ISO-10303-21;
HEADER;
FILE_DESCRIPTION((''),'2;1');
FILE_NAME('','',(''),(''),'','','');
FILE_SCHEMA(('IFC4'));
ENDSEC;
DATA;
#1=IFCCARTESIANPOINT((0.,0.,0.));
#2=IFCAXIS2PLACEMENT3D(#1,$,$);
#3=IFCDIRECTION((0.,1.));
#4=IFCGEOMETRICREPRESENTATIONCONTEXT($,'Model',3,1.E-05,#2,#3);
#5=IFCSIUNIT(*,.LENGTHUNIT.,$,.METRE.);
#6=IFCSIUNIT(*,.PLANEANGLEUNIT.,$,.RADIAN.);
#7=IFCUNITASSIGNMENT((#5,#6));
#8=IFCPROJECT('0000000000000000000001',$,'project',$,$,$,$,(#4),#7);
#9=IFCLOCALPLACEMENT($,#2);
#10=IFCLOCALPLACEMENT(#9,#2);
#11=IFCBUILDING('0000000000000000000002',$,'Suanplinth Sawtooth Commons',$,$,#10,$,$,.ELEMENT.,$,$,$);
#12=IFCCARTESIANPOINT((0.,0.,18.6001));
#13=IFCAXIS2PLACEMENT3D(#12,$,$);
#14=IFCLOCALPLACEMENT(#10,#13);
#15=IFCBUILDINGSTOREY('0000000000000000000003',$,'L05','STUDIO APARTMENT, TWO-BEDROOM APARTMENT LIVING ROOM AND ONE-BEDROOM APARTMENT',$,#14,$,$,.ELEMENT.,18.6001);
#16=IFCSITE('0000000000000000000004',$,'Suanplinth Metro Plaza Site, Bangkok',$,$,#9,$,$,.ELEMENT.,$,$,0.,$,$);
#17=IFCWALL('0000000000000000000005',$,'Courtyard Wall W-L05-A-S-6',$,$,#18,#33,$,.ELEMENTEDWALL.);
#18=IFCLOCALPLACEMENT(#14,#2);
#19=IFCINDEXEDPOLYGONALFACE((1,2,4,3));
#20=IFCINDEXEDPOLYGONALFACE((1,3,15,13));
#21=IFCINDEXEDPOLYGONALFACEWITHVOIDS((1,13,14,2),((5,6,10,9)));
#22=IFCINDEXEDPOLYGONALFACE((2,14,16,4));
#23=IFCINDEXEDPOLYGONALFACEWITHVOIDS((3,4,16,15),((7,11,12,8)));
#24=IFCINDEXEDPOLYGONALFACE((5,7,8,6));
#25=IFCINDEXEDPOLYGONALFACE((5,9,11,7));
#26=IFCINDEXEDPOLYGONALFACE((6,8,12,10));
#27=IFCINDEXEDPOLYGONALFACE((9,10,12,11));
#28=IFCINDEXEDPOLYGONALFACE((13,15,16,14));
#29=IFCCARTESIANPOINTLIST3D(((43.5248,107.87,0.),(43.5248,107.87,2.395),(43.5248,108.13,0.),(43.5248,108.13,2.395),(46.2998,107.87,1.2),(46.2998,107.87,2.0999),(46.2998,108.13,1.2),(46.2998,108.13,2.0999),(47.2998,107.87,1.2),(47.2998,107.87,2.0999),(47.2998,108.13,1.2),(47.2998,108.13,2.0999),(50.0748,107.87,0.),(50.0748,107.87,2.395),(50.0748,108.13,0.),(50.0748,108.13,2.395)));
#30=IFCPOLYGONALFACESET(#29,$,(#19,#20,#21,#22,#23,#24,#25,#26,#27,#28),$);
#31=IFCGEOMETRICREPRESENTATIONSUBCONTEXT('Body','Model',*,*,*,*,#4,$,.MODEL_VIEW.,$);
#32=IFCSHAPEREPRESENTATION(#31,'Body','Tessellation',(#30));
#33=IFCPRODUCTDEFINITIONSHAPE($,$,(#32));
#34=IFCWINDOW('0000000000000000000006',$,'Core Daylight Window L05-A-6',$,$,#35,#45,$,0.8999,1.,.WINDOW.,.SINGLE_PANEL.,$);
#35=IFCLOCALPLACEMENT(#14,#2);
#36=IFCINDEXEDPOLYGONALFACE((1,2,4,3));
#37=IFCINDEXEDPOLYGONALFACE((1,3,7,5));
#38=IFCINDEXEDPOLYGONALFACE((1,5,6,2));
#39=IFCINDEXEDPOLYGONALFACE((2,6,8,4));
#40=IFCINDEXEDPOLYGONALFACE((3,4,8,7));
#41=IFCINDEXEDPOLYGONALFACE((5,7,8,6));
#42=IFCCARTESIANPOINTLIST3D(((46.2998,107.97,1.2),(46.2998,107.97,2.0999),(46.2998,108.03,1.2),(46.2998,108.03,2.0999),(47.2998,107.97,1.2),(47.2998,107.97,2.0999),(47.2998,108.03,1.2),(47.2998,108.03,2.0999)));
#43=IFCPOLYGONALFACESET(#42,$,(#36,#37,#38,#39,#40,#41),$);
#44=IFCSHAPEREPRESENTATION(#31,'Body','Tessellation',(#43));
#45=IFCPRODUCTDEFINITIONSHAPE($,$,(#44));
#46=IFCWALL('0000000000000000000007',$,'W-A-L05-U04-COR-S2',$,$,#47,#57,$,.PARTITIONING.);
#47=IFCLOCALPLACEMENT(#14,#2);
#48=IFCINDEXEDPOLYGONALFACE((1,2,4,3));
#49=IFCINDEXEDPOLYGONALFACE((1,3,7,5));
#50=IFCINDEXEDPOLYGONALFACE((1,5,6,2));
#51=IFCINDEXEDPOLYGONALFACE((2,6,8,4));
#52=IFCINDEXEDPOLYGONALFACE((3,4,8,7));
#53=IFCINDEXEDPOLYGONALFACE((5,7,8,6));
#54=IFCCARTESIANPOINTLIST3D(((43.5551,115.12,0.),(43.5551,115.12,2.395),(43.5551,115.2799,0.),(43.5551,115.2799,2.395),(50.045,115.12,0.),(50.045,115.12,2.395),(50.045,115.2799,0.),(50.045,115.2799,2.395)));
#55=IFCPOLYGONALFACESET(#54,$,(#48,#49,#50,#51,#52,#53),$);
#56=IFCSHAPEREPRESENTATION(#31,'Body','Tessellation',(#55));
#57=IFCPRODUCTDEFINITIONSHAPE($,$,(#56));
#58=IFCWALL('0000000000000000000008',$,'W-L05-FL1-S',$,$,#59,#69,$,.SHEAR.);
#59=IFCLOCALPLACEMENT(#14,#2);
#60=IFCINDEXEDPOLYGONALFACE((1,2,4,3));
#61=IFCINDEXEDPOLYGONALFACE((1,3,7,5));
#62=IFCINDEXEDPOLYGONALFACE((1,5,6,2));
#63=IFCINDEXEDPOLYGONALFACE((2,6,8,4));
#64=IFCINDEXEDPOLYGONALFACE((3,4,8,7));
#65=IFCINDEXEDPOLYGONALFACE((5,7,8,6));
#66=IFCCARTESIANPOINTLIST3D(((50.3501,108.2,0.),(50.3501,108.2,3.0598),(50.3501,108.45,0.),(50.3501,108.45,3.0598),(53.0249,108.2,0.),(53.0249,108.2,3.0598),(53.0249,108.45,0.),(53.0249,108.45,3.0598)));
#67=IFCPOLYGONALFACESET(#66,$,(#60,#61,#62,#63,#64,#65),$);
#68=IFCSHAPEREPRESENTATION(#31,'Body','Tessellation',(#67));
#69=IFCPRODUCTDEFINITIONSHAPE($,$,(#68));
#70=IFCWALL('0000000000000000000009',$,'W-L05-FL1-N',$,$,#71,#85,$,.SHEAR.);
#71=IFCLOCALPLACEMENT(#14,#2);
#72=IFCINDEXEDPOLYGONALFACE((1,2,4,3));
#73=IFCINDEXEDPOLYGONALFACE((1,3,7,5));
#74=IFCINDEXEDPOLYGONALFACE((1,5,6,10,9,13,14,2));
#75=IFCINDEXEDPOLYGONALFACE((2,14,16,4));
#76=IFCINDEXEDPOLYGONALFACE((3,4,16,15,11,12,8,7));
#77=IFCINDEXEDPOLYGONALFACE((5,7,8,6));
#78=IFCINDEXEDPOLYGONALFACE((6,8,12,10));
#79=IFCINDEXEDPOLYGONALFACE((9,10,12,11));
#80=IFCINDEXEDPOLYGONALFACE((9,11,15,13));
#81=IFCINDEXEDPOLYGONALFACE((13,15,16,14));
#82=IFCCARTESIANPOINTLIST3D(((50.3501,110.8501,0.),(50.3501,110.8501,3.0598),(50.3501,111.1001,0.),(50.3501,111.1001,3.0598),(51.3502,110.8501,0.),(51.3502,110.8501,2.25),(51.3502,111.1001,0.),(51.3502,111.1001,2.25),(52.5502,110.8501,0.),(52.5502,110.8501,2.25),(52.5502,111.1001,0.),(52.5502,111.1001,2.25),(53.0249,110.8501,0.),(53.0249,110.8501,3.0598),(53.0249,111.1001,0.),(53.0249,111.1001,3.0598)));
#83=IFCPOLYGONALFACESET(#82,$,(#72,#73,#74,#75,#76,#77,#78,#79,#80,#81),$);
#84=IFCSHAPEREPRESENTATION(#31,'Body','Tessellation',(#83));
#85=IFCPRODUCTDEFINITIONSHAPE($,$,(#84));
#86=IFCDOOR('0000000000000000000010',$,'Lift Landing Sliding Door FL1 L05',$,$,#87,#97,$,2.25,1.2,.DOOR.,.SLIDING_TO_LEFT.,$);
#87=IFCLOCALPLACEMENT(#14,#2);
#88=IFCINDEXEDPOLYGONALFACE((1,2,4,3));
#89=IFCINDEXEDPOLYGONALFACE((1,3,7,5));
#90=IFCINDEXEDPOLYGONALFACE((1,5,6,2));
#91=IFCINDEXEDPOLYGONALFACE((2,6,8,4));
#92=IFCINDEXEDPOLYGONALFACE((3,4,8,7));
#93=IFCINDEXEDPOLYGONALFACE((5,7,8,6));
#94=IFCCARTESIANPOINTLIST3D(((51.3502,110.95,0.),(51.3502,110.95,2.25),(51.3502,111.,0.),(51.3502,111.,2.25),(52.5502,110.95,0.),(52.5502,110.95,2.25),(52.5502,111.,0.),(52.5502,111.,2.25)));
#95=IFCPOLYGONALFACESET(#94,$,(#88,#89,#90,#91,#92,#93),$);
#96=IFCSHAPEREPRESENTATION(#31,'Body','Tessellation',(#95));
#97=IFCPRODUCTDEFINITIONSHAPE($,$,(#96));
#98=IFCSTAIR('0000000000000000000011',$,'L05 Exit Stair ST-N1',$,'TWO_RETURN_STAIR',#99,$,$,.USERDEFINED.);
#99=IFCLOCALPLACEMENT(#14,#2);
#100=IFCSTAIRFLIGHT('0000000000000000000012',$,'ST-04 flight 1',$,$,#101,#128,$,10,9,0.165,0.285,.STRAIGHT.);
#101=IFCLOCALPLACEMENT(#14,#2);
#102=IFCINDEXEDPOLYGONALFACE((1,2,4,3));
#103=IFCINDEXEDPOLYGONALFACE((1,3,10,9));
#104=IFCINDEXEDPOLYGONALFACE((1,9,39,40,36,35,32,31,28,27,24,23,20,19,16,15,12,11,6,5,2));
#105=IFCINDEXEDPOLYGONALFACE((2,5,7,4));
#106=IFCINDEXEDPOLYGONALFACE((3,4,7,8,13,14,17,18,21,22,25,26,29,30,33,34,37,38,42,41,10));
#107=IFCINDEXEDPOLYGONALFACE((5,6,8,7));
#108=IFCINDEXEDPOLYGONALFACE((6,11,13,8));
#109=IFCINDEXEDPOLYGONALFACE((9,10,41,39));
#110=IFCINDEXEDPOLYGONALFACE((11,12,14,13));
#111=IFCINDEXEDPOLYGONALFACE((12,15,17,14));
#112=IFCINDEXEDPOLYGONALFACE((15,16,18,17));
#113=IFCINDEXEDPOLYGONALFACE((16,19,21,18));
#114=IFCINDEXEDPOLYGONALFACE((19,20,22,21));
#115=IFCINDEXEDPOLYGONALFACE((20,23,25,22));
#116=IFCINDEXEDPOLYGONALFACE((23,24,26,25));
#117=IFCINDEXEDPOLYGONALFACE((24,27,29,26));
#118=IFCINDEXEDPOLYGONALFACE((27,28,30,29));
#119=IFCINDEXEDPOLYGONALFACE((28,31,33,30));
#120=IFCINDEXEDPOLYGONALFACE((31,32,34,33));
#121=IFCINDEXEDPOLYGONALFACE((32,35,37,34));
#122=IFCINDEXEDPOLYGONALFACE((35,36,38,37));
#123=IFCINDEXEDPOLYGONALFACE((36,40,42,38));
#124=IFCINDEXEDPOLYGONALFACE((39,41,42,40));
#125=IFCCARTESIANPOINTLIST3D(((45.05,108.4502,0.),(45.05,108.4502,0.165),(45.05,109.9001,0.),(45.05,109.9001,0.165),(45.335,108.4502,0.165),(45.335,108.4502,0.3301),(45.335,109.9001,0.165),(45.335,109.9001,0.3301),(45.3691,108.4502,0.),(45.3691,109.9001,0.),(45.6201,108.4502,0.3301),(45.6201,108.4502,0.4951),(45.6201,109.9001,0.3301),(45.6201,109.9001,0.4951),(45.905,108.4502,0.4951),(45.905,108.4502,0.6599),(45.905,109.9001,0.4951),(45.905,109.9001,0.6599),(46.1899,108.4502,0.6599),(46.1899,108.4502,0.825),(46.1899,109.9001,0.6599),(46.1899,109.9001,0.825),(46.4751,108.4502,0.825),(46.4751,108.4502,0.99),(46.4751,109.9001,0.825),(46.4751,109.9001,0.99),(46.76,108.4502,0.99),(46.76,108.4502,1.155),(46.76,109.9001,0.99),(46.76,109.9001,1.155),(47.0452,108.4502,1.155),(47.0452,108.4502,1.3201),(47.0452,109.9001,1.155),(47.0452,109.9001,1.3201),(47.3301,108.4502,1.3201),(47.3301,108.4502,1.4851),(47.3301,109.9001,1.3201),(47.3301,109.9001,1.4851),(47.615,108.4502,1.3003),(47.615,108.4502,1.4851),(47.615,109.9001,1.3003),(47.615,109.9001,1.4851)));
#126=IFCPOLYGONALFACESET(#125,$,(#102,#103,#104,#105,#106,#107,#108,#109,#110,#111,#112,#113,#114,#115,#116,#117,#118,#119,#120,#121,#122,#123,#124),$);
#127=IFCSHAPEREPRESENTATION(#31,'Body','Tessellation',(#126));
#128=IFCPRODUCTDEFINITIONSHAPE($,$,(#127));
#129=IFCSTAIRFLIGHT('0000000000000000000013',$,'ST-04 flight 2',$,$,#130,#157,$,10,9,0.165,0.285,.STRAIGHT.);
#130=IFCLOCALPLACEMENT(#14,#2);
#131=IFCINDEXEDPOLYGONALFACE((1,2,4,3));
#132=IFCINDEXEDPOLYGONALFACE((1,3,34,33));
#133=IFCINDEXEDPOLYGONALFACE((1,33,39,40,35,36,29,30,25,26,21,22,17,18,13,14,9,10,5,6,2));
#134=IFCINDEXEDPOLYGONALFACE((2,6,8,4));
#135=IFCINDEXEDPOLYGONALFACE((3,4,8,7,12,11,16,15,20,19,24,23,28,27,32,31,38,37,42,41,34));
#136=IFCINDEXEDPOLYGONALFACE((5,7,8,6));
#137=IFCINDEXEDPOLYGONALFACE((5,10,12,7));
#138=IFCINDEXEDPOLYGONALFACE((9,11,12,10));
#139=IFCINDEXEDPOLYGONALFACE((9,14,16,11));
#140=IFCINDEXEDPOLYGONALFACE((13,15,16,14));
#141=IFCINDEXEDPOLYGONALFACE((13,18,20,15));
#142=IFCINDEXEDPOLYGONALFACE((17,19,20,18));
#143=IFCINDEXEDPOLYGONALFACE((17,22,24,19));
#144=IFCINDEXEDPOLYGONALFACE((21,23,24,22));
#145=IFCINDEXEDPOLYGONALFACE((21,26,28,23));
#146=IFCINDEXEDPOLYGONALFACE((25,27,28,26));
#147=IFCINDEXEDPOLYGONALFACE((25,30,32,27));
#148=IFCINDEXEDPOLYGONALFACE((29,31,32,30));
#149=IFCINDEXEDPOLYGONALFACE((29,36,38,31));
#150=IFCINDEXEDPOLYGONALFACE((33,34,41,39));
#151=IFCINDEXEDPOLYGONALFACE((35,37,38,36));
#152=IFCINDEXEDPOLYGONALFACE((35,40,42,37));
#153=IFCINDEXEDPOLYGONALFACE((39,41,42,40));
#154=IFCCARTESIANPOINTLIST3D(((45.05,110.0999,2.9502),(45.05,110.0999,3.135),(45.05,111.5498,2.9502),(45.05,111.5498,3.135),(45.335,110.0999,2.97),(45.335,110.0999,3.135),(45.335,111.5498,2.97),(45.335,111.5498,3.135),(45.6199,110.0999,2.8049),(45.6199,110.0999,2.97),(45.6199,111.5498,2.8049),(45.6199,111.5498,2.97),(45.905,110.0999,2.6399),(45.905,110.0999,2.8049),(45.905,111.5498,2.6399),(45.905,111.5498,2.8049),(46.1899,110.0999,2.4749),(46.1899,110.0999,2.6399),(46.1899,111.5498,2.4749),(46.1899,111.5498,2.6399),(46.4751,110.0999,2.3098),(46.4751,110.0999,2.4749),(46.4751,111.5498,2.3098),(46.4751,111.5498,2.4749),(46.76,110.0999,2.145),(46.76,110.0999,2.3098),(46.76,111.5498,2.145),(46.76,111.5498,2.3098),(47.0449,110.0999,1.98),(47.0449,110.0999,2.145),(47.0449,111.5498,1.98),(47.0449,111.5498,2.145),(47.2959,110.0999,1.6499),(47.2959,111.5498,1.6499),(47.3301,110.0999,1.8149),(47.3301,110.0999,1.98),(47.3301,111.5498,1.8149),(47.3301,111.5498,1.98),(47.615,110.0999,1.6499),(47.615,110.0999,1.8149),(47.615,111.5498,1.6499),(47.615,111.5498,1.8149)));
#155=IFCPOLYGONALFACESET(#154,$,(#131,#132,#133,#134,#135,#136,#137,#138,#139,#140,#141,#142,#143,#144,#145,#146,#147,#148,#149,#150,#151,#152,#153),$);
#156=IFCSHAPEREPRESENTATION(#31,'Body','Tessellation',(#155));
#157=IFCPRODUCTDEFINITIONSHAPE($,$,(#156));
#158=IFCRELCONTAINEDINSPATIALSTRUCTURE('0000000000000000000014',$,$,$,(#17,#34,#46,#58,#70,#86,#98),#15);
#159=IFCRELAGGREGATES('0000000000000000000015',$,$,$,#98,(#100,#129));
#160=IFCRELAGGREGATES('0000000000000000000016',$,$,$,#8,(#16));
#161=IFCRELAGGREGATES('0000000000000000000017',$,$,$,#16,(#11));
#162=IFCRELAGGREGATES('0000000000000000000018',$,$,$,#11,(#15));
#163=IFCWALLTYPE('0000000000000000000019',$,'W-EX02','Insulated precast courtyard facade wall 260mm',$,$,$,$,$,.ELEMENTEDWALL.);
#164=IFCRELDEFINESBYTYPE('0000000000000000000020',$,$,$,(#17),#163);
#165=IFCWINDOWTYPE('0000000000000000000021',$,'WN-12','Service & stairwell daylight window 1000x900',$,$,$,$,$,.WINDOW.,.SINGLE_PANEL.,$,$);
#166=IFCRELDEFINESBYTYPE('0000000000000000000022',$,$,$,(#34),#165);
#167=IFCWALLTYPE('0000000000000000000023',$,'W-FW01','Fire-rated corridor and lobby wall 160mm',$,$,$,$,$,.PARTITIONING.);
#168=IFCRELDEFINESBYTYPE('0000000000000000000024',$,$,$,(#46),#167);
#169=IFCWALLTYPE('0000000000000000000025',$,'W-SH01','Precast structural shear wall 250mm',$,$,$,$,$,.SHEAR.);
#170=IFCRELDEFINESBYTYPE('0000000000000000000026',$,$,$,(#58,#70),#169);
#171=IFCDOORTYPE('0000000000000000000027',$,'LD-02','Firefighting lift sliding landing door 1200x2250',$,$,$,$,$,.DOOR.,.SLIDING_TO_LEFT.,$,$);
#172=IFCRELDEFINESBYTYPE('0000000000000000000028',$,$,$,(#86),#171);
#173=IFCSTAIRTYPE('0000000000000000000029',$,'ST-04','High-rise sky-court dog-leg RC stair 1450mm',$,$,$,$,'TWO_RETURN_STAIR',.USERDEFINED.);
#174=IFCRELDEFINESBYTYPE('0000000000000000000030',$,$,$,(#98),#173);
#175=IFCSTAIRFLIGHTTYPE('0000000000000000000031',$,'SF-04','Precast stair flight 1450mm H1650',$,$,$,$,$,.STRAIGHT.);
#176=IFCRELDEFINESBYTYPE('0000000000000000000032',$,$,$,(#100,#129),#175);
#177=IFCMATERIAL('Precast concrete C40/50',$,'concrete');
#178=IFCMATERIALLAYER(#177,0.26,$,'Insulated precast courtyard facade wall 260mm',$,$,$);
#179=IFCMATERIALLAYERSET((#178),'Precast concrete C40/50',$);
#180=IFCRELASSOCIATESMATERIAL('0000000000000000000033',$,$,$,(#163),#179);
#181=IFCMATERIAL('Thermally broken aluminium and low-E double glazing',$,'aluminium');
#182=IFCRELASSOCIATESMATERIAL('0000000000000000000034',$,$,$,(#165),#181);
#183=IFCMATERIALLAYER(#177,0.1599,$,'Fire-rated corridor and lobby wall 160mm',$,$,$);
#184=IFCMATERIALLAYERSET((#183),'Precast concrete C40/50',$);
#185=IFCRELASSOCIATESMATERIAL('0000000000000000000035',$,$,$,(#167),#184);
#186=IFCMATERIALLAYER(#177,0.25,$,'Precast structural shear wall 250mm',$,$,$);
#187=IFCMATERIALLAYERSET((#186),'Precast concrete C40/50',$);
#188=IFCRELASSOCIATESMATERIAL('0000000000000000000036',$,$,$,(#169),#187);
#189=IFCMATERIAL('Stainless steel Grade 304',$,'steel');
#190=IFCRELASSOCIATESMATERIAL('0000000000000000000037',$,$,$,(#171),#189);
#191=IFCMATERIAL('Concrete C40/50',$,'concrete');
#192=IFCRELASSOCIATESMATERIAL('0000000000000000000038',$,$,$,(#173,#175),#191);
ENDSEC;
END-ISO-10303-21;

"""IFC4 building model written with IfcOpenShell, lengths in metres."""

from ifc_helpers import new_model, si_unit, direction, frame, frame_2d, origin, place, context, subcontext, project, spatial, polyline, rectangle, outline, extrude, material, layer, layer_set, type_object, element, fill, aggregate, save


model = new_model("IFC4")

# Units and contexts
model_context = context("Model", 3, precision=1e-05, world=origin(), true_north=direction((0.0, 1.0)))
body_context = subcontext(model_context, "Body", "Model", "MODEL_VIEW")
ifc_project = project(units=[si_unit("LENGTHUNIT", "METRE"), si_unit("PLANEANGLEUNIT", "RADIAN")], contexts=[model_context])

# Site, building, storey
site_placement = place(None, origin())
site = spatial("IfcSite", under=ifc_project, at=site_placement, Name="Suanplinth Metro Plaza Site, Bangkok", CompositionType="ELEMENT", RefElevation=0.0)
building_placement = place(site_placement, origin())
building = spatial("IfcBuilding", under=site, at=building_placement, Name="Suanplinth Sawtooth Commons", CompositionType="ELEMENT")
storey_placement = place(building_placement, frame((0.0, 0.0, 18.6001)))
storey = spatial("IfcBuildingStorey", under=building, at=storey_placement, Name="L05", Description="STUDIO APARTMENT, TWO-BEDROOM APARTMENT LIVING ROOM AND ONE-BEDROOM APARTMENT", CompositionType="ELEMENT", Elevation=18.6001)

# Shared definitions
ifc_material_1 = material(Name="Precast concrete C40/50", Category="concrete")

# Shared definitions
ifc_material_2 = material(Name="Concrete C40/50", Category="concrete")

# Wall, opening, window
ifc_layer_1 = layer(ifc_material_1, 0.26, Name="Insulated precast courtyard facade wall 260mm")
ifc_layer_set_1 = layer_set([ifc_layer_1], Name="Precast concrete C40/50")
wall_type_1 = type_object("IfcWallType", Name="W-EX02", Description="Insulated precast courtyard facade wall 260mm", PredefinedType="ELEMENTEDWALL", material=ifc_layer_set_1)
wall_1_placement = place(storey_placement, frame((43.5249, 108.0, 0.0), z_axis=(0.0, 0.0, 1.0), x_axis=(1.0, 0.0, 0.0)))
wall_1 = element("IfcWall", 1, at=wall_1_placement, inside=storey, type_object=wall_type_1, Name="Courtyard Wall W-L05-A-S-6", PredefinedType="ELEMENTEDWALL", context=body_context, shape_type="SweptSolid", body=[
    extrude(rectangle(XDim=6.55, YDim=0.26, at=frame_2d((3.2749, 0.0))), origin(), (0.0, 0.0, 1.0), 2.395),
])
opening_1_placement = place(wall_1_placement, frame((2.7749, 0.0, 1.2)))
opening_1 = element("IfcOpeningElement", 2, at=opening_1_placement, cuts=wall_1, PredefinedType="OPENING", context=body_context, shape_type="SweptSolid", body=[
    extrude(rectangle(XDim=1.0, YDim=0.8999, at=frame_2d((0.5, 0.45))), frame((0.0, 0.145, 0.0), z_axis=(0.0, -1.0, 0.0), x_axis=(1.0, 0.0, 0.0)), (0.0, 0.0, 1.0), 0.2898),
])
ifc_material_3 = material(Name="Thermally broken aluminium and low-E double glazing", Category="aluminium")
window_type = type_object("IfcWindowType", Name="WN-12", Description="Service & stairwell daylight window 1000x900", PartitioningType="SINGLE_PANEL", PredefinedType="WINDOW", material=ifc_material_3)
window_placement = place(opening_1_placement, origin())
window = element("IfcWindow", 3, at=window_placement, inside=storey, type_object=window_type, Name="Core Daylight Window L05-A-6", OverallHeight=0.8999, OverallWidth=1.0, PartitioningType="SINGLE_PANEL", PredefinedType="WINDOW", context=body_context, shape_type="SweptSolid", body=[
    extrude(rectangle(XDim=1.0, YDim=0.8999, at=frame_2d((0.5, 0.45))), frame((0.0, 0.03, 0.0), z_axis=(0.0, -1.0, 0.0), x_axis=(1.0, 0.0, 0.0)), (0.0, 0.0, 1.0), 0.0601),
])
fill(opening_1, window)

# Walls
ifc_layer_2 = layer(ifc_material_1, 0.1599, Name="Fire-rated corridor and lobby wall 160mm")
ifc_layer_set_2 = layer_set([ifc_layer_2], Name="Precast concrete C40/50")
wall_type_2 = type_object("IfcWallType", Name="W-FW01", Description="Fire-rated corridor and lobby wall 160mm", PredefinedType="PARTITIONING", material=ifc_layer_set_2)
wall_2_placement = place(storey_placement, frame((43.5549, 115.2, 0.0), z_axis=(0.0, 0.0, 1.0), x_axis=(1.0, 0.0, 0.0)))
element("IfcWall", 4, at=wall_2_placement, inside=storey, type_object=wall_type_2, Name="W-A-L05-U04-COR-S2", PredefinedType="PARTITIONING", context=body_context, shape_type="SweptSolid", body=[
    extrude(rectangle(XDim=6.49, YDim=0.1599, at=frame_2d((3.2451, 0.0))), origin(), (0.0, 0.0, 1.0), 2.395),
])
ifc_layer_3 = layer(ifc_material_1, 0.25, Name="Precast structural shear wall 250mm")
ifc_layer_set_3 = layer_set([ifc_layer_3], Name="Precast concrete C40/50")
wall_type_3 = type_object("IfcWallType", Name="W-SH01", Description="Precast structural shear wall 250mm", PredefinedType="SHEAR", material=ifc_layer_set_3)
wall_3_placement = place(storey_placement, frame((50.3501, 108.325, 0.0), z_axis=(0.0, 0.0, 1.0), x_axis=(1.0, 0.0, 0.0)))
element("IfcWall", 5, at=wall_3_placement, inside=storey, type_object=wall_type_3, Name="W-L05-FL1-S", PredefinedType="SHEAR", context=body_context, shape_type="SweptSolid", body=[
    extrude(rectangle(XDim=2.6748, YDim=0.25, at=frame_2d((1.3374, 0.0))), origin(), (0.0, 0.0, 1.0), 3.0598),
])

# Wall, opening, door
wall_4_placement = place(storey_placement, frame((50.3501, 110.9751, 0.0), z_axis=(0.0, 0.0, 1.0), x_axis=(1.0, 0.0, 0.0)))
wall_4 = element("IfcWall", 6, at=wall_4_placement, inside=storey, type_object=wall_type_3, Name="W-L05-FL1-N", PredefinedType="SHEAR", context=body_context, shape_type="SweptSolid", body=[
    extrude(rectangle(XDim=2.6748, YDim=0.25, at=frame_2d((1.3374, 0.0))), origin(), (0.0, 0.0, 1.0), 3.0598),
])
opening_2_placement = place(wall_4_placement, frame((1.0, 0.0, 0.0)))
opening_2 = element("IfcOpeningElement", 7, at=opening_2_placement, cuts=wall_4, PredefinedType="OPENING", context=body_context, shape_type="SweptSolid", body=[
    extrude(rectangle(XDim=1.2, YDim=2.25, at=frame_2d((0.6001, 1.125))), frame((0.0, 0.1399, 0.0), z_axis=(0.0, -1.0, 0.0), x_axis=(1.0, 0.0, 0.0)), (0.0, 0.0, 1.0), 0.2798),
])
ifc_material_4 = material(Name="Stainless steel Grade 304", Category="steel")
door_type_1 = type_object("IfcDoorType", Name="LD-02", Description="Firefighting lift sliding landing door 1200x2250", OperationType="SLIDING_TO_LEFT", PredefinedType="DOOR", material=ifc_material_4)
door_1_placement = place(opening_2_placement, origin())
door_1 = element("IfcDoor", 8, at=door_1_placement, inside=storey, type_object=door_type_1, Name="Lift Landing Sliding Door FL1 L05", OperationType="SLIDING_TO_LEFT", OverallHeight=2.25, OverallWidth=1.2, PredefinedType="DOOR", context=body_context, shape_type="SweptSolid", body=[
    extrude(rectangle(XDim=1.2, YDim=2.25, at=frame_2d((0.6001, 1.125))), frame((0.0, 0.0249, 0.0), z_axis=(0.0, -1.0, 0.0), x_axis=(1.0, 0.0, 0.0)), (0.0, 0.0, 1.0), 0.05),
])
fill(opening_2, door_1)

# Stair, stair flights
stair_type = type_object("IfcStairType", Name="ST-04", Description="High-rise sky-court dog-leg RC stair 1450mm", ElementType="TWO_RETURN_STAIR", PredefinedType="USERDEFINED", material=ifc_material_2)
stair_placement = place(storey_placement, origin())
stair = element("IfcStair", 9, at=stair_placement, inside=storey, type_object=stair_type, Name="L05 Exit Stair ST-N1", ObjectType="TWO_RETURN_STAIR", PredefinedType="USERDEFINED")
stair_flight_type = type_object("IfcStairFlightType", Name="SF-04", Description="Precast stair flight 1450mm H1650", PredefinedType="STRAIGHT", material=ifc_material_2)
stair_flight_1_placement = place(storey_placement, frame((45.05, 109.175, 0.0), z_axis=(0.0, 0.0, 1.0), x_axis=(1.0, 0.0, 0.0)))
stair_flight_1 = element("IfcStairFlight", 10, at=stair_flight_1_placement, type_object=stair_flight_type, Name="ST-04 flight 1", NumberOfRisers=10, NumberOfTreads=9, PredefinedType="STRAIGHT", RiserHeight=0.165, TreadLength=0.285, context=body_context, shape_type="SweptSolid", body=[
    extrude(outline(polyline([(0.0, 0.0), (0.0, 0.165), (0.2849, 0.165), (0.2849, 0.3301), (0.5701, 0.3301), (0.5701, 0.4951), (0.855, 0.4951), (0.855, 0.6599), (1.1399, 0.6599), (1.1399, 0.825), (1.425, 0.825), (1.425, 0.99), (1.71, 0.99), (1.71, 1.155), (1.9951, 1.155), (1.9951, 1.3201), (2.28, 1.3201), (2.28, 1.4851), (2.5649, 1.4851), (2.5649, 1.6499), (2.5649, 1.3003), (0.3191, 0.0), (0.0, 0.0)])), frame((0.0, 0.7251, 0.0), z_axis=(0.0, -1.0, 0.0), x_axis=(1.0, 0.0, 0.0)), (0.0, 0.0, 1.0), 1.45),
])
stair_flight_2_placement = place(storey_placement, frame((47.615, 110.825, 1.6499), z_axis=(0.0, 0.0, 1.0), x_axis=(-1.0, 0.0, 0.0)))
stair_flight_2 = element("IfcStairFlight", 11, at=stair_flight_2_placement, type_object=stair_flight_type, Name="ST-04 flight 2", NumberOfRisers=10, NumberOfTreads=9, PredefinedType="STRAIGHT", RiserHeight=0.165, TreadLength=0.285, context=body_context, shape_type="SweptSolid", body=[
    extrude(outline(polyline([(0.0, 0.0), (0.0, 0.165), (0.2849, 0.165), (0.2849, 0.3301), (0.5701, 0.3301), (0.5701, 0.4951), (0.855, 0.4951), (0.855, 0.6599), (1.1399, 0.6599), (1.1399, 0.825), (1.425, 0.825), (1.425, 0.99), (1.71, 0.99), (1.71, 1.155), (1.9951, 1.155), (1.9951, 1.3201), (2.28, 1.3201), (2.28, 1.4851), (2.5649, 1.4851), (2.5649, 1.6499), (2.5649, 1.3003), (0.3191, 0.0), (0.0, 0.0)])), frame((0.0, 0.7251, 0.0), z_axis=(0.0, -1.0, 0.0), x_axis=(1.0, 0.0, 0.0)), (0.0, 0.0, 1.0), 1.45),
])
aggregate(stair, [stair_flight_1, stair_flight_2])

save(model, "model.ifc")
